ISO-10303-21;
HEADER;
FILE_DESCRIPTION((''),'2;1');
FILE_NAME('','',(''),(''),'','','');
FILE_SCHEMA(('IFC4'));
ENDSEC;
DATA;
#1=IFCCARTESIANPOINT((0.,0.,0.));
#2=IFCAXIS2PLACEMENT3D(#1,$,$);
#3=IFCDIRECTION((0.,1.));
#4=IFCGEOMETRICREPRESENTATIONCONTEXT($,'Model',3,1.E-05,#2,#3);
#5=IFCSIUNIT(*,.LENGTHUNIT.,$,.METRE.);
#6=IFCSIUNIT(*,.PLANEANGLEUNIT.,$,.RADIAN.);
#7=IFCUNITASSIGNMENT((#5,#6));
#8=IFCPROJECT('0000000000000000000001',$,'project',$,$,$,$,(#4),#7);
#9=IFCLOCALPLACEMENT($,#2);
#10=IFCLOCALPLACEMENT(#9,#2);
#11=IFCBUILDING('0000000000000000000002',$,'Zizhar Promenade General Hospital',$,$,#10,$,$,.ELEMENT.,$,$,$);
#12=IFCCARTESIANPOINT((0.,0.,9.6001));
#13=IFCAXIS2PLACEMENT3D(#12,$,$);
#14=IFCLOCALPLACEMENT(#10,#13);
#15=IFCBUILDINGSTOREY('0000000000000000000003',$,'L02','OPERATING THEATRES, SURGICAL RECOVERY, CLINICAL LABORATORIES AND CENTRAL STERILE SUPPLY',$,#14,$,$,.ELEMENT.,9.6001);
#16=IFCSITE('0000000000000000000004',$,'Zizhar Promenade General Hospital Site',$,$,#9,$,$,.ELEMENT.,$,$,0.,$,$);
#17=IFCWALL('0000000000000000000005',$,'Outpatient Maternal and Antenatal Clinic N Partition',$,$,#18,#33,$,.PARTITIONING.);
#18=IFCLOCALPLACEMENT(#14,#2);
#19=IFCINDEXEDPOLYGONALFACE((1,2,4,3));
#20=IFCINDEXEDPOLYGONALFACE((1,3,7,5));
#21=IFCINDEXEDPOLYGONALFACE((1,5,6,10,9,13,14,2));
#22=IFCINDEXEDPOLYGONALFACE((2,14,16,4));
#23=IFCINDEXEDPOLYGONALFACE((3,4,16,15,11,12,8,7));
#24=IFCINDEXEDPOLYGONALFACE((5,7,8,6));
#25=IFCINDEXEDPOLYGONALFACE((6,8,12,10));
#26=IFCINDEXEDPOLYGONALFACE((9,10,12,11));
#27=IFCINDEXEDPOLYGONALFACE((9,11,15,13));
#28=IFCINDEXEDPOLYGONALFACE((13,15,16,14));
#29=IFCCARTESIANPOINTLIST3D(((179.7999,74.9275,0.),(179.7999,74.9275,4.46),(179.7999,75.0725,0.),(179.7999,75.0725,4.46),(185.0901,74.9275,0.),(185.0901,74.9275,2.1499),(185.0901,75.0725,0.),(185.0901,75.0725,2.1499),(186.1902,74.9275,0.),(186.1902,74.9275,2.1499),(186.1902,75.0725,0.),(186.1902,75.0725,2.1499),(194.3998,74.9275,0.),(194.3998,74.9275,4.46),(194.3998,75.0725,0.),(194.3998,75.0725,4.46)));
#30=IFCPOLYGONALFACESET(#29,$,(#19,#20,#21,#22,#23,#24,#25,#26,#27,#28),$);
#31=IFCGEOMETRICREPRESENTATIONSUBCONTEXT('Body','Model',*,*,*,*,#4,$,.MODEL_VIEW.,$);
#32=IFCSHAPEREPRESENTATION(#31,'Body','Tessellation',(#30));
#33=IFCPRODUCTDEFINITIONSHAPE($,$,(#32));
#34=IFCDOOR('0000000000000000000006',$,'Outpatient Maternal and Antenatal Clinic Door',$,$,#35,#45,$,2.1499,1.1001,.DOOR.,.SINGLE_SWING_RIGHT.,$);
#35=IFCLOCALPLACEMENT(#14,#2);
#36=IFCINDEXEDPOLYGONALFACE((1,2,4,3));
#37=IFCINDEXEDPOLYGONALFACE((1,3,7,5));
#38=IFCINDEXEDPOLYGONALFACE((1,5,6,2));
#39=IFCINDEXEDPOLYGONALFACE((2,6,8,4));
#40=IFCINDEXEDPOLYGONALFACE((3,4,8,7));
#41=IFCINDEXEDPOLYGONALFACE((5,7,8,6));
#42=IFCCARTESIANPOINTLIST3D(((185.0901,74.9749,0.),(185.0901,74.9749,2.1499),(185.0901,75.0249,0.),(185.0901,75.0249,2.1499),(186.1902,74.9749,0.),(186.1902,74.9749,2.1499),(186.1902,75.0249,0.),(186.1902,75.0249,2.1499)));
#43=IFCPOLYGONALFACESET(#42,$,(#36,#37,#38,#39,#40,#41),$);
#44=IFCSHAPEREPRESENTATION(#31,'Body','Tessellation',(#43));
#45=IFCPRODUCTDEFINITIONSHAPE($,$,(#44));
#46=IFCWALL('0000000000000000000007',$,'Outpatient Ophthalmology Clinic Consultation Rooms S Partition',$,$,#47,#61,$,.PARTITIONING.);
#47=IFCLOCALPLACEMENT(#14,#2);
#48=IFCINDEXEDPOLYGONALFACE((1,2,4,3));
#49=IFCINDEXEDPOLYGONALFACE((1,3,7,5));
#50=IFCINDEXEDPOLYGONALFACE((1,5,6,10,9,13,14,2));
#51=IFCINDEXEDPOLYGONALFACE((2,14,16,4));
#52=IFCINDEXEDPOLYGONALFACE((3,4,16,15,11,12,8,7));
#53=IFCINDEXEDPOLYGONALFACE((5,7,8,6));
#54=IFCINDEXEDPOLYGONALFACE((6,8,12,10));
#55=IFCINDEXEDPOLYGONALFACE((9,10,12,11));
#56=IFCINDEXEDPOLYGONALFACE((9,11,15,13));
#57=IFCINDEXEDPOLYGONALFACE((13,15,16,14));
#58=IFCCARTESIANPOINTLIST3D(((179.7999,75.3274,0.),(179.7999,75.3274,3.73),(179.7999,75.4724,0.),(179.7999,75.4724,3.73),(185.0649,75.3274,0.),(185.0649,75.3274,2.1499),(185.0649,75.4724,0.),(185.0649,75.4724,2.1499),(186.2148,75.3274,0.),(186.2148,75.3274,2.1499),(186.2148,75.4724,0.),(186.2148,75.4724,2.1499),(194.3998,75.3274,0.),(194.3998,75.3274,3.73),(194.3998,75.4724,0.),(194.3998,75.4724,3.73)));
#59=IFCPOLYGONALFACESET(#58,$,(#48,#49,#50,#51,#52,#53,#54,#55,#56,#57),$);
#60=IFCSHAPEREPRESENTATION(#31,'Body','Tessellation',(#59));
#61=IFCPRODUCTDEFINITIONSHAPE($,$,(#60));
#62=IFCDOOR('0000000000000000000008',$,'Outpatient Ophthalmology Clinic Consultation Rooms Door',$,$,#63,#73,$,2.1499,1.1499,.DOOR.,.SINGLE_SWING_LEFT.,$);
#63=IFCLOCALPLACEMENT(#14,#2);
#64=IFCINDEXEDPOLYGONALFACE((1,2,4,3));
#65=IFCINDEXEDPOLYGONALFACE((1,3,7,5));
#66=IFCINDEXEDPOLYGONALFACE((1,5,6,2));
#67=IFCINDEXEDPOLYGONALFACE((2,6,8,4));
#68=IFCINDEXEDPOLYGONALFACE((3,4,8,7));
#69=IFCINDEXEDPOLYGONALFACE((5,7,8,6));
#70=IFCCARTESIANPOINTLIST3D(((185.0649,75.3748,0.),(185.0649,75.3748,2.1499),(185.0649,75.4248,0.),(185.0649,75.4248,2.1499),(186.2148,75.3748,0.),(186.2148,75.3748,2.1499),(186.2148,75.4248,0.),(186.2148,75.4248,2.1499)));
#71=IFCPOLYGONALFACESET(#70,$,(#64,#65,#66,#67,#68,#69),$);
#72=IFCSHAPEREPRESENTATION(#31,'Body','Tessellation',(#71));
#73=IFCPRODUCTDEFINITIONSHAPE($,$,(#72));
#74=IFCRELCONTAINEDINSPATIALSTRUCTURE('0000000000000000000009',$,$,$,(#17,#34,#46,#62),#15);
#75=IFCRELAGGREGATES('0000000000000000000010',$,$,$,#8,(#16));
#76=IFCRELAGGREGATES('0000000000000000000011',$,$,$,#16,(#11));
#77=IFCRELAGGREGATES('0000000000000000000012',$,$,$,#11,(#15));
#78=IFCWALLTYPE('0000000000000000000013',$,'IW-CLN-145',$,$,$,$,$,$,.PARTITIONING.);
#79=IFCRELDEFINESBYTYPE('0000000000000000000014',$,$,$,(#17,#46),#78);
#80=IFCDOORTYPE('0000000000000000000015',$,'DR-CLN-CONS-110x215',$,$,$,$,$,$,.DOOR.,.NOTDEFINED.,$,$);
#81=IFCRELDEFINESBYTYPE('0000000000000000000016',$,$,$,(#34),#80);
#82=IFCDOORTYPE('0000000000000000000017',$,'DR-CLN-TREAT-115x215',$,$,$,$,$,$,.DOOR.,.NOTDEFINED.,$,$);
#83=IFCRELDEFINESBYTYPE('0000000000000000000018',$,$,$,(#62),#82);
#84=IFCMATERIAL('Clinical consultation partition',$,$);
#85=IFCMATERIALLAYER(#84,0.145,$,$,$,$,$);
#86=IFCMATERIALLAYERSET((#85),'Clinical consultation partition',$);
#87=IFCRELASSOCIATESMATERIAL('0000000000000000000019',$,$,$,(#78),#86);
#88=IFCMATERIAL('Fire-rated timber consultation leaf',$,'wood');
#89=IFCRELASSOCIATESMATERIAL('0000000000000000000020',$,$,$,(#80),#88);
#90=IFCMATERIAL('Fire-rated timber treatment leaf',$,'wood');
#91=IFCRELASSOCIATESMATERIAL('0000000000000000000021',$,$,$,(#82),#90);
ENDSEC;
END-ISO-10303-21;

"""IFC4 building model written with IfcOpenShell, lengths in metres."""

from ifc_helpers import new_model, si_unit, direction, frame, frame_2d, origin, place, context, subcontext, project, spatial, rectangle, extrude, material, layer, layer_set, type_object, element, fill, save


model = new_model("IFC4")

# Units and contexts
model_context = context("Model", 3, precision=1e-05, world=origin(), true_north=direction((0.0, 1.0)))
body_context = subcontext(model_context, "Body", "Model", "MODEL_VIEW")
ifc_project = project(units=[si_unit("LENGTHUNIT", "METRE"), si_unit("PLANEANGLEUNIT", "RADIAN")], contexts=[model_context])

# Site, building, storey
site_placement = place(None, origin())
site = spatial("IfcSite", under=ifc_project, at=site_placement, Name="Zizhar Promenade General Hospital Site", CompositionType="ELEMENT", RefElevation=0.0)
building_placement = place(site_placement, origin())
building = spatial("IfcBuilding", under=site, at=building_placement, Name="Zizhar Promenade General Hospital", CompositionType="ELEMENT")
storey_placement = place(building_placement, frame((0.0, 0.0, 9.6001)))
storey = spatial("IfcBuildingStorey", under=building, at=storey_placement, Name="L02", Description="OPERATING THEATRES, SURGICAL RECOVERY, CLINICAL LABORATORIES AND CENTRAL STERILE SUPPLY", CompositionType="ELEMENT", Elevation=9.6001)

# Walls, openings, doors
ifc_material_1 = material(Name="Clinical consultation partition")
ifc_layer_1 = layer(ifc_material_1, 0.145)
ifc_layer_set_1 = layer_set([ifc_layer_1], Name="Clinical consultation partition")
wall_type_1 = type_object("IfcWallType", Name="IW-CLN-145", PredefinedType="PARTITIONING", material=ifc_layer_set_1)
wall_1_placement = place(storey_placement, frame((179.8, 75.0, 0.0), z_axis=(0.0, 0.0, 1.0), x_axis=(1.0, 0.0, 0.0)))
wall_1 = element("IfcWall", 1, at=wall_1_placement, inside=storey, type_object=wall_type_1, Name="Outpatient Maternal and Antenatal Clinic N Partition", PredefinedType="PARTITIONING", context=body_context, shape_type="SweptSolid", body=[
    extrude(rectangle(XDim=14.5999, YDim=0.145, at=frame_2d((7.2998, 0.0))), origin(), (0.0, 0.0, 1.0), 4.46),
])
opening_1_placement = place(wall_1_placement, frame((5.29, 0.0, 0.0)))
opening_1 = element("IfcOpeningElement", 2, at=opening_1_placement, cuts=wall_1, PredefinedType="OPENING", context=body_context, shape_type="SweptSolid", body=[
    extrude(rectangle(XDim=1.1001, YDim=2.1499, at=frame_2d((0.55, 1.075))), frame((0.0, 0.0825, 0.0), z_axis=(0.0, -1.0, 0.0), x_axis=(1.0, 0.0, 0.0)), (0.0, 0.0, 1.0), 0.165),
])
ifc_material_2 = material(Name="Fire-rated timber consultation leaf", Category="wood")
door_type_1 = type_object("IfcDoorType", Name="DR-CLN-CONS-110x215", OperationType="NOTDEFINED", PredefinedType="DOOR", material=ifc_material_2)
door_1_placement = place(opening_1_placement, origin())
door_1 = element("IfcDoor", 3, at=door_1_placement, inside=storey, type_object=door_type_1, Name="Outpatient Maternal and Antenatal Clinic Door", OperationType="SINGLE_SWING_RIGHT", OverallHeight=2.1499, OverallWidth=1.1001, PredefinedType="DOOR", context=body_context, shape_type="SweptSolid", body=[
    extrude(rectangle(XDim=1.1001, YDim=2.1499, at=frame_2d((0.55, 1.075))), frame((0.0, 0.0249, 0.0), z_axis=(0.0, -1.0, 0.0), x_axis=(1.0, 0.0, 0.0)), (0.0, 0.0, 1.0), 0.05),
])
fill(opening_1, door_1)
wall_2_placement = place(storey_placement, frame((179.8, 75.3999, 0.0), z_axis=(0.0, 0.0, 1.0), x_axis=(1.0, 0.0, 0.0)))
wall_2 = element("IfcWall", 4, at=wall_2_placement, inside=storey, type_object=wall_type_1, Name="Outpatient Ophthalmology Clinic Consultation Rooms S Partition", PredefinedType="PARTITIONING", context=body_context, shape_type="SweptSolid", body=[
    extrude(rectangle(XDim=14.5999, YDim=0.145, at=frame_2d((7.2998, 0.0))), origin(), (0.0, 0.0, 1.0), 3.73),
])
opening_2_placement = place(wall_2_placement, frame((5.2649, 0.0, 0.0)))
opening_2 = element("IfcOpeningElement", 5, at=opening_2_placement, cuts=wall_2, PredefinedType="OPENING", context=body_context, shape_type="SweptSolid", body=[
    extrude(rectangle(XDim=1.1499, YDim=2.1499, at=frame_2d((0.575, 1.075))), frame((0.0, 0.0825, 0.0), z_axis=(0.0, -1.0, 0.0), x_axis=(1.0, 0.0, 0.0)), (0.0, 0.0, 1.0), 0.165),
])
ifc_material_3 = material(Name="Fire-rated timber treatment leaf", Category="wood")
door_type_2 = type_object("IfcDoorType", Name="DR-CLN-TREAT-115x215", OperationType="NOTDEFINED", PredefinedType="DOOR", material=ifc_material_3)
door_2_placement = place(opening_2_placement, origin())
door_2 = element("IfcDoor", 6, at=door_2_placement, inside=storey, type_object=door_type_2, Name="Outpatient Ophthalmology Clinic Consultation Rooms Door", OperationType="SINGLE_SWING_LEFT", OverallHeight=2.1499, OverallWidth=1.1499, PredefinedType="DOOR", context=body_context, shape_type="SweptSolid", body=[
    extrude(rectangle(XDim=1.1499, YDim=2.1499, at=frame_2d((0.575, 1.075))), frame((0.0, 0.0249, 0.0), z_axis=(0.0, -1.0, 0.0), x_axis=(1.0, 0.0, 0.0)), (0.0, 0.0, 1.0), 0.05),
])
fill(opening_2, door_2)

save(model, "model.ifc")
